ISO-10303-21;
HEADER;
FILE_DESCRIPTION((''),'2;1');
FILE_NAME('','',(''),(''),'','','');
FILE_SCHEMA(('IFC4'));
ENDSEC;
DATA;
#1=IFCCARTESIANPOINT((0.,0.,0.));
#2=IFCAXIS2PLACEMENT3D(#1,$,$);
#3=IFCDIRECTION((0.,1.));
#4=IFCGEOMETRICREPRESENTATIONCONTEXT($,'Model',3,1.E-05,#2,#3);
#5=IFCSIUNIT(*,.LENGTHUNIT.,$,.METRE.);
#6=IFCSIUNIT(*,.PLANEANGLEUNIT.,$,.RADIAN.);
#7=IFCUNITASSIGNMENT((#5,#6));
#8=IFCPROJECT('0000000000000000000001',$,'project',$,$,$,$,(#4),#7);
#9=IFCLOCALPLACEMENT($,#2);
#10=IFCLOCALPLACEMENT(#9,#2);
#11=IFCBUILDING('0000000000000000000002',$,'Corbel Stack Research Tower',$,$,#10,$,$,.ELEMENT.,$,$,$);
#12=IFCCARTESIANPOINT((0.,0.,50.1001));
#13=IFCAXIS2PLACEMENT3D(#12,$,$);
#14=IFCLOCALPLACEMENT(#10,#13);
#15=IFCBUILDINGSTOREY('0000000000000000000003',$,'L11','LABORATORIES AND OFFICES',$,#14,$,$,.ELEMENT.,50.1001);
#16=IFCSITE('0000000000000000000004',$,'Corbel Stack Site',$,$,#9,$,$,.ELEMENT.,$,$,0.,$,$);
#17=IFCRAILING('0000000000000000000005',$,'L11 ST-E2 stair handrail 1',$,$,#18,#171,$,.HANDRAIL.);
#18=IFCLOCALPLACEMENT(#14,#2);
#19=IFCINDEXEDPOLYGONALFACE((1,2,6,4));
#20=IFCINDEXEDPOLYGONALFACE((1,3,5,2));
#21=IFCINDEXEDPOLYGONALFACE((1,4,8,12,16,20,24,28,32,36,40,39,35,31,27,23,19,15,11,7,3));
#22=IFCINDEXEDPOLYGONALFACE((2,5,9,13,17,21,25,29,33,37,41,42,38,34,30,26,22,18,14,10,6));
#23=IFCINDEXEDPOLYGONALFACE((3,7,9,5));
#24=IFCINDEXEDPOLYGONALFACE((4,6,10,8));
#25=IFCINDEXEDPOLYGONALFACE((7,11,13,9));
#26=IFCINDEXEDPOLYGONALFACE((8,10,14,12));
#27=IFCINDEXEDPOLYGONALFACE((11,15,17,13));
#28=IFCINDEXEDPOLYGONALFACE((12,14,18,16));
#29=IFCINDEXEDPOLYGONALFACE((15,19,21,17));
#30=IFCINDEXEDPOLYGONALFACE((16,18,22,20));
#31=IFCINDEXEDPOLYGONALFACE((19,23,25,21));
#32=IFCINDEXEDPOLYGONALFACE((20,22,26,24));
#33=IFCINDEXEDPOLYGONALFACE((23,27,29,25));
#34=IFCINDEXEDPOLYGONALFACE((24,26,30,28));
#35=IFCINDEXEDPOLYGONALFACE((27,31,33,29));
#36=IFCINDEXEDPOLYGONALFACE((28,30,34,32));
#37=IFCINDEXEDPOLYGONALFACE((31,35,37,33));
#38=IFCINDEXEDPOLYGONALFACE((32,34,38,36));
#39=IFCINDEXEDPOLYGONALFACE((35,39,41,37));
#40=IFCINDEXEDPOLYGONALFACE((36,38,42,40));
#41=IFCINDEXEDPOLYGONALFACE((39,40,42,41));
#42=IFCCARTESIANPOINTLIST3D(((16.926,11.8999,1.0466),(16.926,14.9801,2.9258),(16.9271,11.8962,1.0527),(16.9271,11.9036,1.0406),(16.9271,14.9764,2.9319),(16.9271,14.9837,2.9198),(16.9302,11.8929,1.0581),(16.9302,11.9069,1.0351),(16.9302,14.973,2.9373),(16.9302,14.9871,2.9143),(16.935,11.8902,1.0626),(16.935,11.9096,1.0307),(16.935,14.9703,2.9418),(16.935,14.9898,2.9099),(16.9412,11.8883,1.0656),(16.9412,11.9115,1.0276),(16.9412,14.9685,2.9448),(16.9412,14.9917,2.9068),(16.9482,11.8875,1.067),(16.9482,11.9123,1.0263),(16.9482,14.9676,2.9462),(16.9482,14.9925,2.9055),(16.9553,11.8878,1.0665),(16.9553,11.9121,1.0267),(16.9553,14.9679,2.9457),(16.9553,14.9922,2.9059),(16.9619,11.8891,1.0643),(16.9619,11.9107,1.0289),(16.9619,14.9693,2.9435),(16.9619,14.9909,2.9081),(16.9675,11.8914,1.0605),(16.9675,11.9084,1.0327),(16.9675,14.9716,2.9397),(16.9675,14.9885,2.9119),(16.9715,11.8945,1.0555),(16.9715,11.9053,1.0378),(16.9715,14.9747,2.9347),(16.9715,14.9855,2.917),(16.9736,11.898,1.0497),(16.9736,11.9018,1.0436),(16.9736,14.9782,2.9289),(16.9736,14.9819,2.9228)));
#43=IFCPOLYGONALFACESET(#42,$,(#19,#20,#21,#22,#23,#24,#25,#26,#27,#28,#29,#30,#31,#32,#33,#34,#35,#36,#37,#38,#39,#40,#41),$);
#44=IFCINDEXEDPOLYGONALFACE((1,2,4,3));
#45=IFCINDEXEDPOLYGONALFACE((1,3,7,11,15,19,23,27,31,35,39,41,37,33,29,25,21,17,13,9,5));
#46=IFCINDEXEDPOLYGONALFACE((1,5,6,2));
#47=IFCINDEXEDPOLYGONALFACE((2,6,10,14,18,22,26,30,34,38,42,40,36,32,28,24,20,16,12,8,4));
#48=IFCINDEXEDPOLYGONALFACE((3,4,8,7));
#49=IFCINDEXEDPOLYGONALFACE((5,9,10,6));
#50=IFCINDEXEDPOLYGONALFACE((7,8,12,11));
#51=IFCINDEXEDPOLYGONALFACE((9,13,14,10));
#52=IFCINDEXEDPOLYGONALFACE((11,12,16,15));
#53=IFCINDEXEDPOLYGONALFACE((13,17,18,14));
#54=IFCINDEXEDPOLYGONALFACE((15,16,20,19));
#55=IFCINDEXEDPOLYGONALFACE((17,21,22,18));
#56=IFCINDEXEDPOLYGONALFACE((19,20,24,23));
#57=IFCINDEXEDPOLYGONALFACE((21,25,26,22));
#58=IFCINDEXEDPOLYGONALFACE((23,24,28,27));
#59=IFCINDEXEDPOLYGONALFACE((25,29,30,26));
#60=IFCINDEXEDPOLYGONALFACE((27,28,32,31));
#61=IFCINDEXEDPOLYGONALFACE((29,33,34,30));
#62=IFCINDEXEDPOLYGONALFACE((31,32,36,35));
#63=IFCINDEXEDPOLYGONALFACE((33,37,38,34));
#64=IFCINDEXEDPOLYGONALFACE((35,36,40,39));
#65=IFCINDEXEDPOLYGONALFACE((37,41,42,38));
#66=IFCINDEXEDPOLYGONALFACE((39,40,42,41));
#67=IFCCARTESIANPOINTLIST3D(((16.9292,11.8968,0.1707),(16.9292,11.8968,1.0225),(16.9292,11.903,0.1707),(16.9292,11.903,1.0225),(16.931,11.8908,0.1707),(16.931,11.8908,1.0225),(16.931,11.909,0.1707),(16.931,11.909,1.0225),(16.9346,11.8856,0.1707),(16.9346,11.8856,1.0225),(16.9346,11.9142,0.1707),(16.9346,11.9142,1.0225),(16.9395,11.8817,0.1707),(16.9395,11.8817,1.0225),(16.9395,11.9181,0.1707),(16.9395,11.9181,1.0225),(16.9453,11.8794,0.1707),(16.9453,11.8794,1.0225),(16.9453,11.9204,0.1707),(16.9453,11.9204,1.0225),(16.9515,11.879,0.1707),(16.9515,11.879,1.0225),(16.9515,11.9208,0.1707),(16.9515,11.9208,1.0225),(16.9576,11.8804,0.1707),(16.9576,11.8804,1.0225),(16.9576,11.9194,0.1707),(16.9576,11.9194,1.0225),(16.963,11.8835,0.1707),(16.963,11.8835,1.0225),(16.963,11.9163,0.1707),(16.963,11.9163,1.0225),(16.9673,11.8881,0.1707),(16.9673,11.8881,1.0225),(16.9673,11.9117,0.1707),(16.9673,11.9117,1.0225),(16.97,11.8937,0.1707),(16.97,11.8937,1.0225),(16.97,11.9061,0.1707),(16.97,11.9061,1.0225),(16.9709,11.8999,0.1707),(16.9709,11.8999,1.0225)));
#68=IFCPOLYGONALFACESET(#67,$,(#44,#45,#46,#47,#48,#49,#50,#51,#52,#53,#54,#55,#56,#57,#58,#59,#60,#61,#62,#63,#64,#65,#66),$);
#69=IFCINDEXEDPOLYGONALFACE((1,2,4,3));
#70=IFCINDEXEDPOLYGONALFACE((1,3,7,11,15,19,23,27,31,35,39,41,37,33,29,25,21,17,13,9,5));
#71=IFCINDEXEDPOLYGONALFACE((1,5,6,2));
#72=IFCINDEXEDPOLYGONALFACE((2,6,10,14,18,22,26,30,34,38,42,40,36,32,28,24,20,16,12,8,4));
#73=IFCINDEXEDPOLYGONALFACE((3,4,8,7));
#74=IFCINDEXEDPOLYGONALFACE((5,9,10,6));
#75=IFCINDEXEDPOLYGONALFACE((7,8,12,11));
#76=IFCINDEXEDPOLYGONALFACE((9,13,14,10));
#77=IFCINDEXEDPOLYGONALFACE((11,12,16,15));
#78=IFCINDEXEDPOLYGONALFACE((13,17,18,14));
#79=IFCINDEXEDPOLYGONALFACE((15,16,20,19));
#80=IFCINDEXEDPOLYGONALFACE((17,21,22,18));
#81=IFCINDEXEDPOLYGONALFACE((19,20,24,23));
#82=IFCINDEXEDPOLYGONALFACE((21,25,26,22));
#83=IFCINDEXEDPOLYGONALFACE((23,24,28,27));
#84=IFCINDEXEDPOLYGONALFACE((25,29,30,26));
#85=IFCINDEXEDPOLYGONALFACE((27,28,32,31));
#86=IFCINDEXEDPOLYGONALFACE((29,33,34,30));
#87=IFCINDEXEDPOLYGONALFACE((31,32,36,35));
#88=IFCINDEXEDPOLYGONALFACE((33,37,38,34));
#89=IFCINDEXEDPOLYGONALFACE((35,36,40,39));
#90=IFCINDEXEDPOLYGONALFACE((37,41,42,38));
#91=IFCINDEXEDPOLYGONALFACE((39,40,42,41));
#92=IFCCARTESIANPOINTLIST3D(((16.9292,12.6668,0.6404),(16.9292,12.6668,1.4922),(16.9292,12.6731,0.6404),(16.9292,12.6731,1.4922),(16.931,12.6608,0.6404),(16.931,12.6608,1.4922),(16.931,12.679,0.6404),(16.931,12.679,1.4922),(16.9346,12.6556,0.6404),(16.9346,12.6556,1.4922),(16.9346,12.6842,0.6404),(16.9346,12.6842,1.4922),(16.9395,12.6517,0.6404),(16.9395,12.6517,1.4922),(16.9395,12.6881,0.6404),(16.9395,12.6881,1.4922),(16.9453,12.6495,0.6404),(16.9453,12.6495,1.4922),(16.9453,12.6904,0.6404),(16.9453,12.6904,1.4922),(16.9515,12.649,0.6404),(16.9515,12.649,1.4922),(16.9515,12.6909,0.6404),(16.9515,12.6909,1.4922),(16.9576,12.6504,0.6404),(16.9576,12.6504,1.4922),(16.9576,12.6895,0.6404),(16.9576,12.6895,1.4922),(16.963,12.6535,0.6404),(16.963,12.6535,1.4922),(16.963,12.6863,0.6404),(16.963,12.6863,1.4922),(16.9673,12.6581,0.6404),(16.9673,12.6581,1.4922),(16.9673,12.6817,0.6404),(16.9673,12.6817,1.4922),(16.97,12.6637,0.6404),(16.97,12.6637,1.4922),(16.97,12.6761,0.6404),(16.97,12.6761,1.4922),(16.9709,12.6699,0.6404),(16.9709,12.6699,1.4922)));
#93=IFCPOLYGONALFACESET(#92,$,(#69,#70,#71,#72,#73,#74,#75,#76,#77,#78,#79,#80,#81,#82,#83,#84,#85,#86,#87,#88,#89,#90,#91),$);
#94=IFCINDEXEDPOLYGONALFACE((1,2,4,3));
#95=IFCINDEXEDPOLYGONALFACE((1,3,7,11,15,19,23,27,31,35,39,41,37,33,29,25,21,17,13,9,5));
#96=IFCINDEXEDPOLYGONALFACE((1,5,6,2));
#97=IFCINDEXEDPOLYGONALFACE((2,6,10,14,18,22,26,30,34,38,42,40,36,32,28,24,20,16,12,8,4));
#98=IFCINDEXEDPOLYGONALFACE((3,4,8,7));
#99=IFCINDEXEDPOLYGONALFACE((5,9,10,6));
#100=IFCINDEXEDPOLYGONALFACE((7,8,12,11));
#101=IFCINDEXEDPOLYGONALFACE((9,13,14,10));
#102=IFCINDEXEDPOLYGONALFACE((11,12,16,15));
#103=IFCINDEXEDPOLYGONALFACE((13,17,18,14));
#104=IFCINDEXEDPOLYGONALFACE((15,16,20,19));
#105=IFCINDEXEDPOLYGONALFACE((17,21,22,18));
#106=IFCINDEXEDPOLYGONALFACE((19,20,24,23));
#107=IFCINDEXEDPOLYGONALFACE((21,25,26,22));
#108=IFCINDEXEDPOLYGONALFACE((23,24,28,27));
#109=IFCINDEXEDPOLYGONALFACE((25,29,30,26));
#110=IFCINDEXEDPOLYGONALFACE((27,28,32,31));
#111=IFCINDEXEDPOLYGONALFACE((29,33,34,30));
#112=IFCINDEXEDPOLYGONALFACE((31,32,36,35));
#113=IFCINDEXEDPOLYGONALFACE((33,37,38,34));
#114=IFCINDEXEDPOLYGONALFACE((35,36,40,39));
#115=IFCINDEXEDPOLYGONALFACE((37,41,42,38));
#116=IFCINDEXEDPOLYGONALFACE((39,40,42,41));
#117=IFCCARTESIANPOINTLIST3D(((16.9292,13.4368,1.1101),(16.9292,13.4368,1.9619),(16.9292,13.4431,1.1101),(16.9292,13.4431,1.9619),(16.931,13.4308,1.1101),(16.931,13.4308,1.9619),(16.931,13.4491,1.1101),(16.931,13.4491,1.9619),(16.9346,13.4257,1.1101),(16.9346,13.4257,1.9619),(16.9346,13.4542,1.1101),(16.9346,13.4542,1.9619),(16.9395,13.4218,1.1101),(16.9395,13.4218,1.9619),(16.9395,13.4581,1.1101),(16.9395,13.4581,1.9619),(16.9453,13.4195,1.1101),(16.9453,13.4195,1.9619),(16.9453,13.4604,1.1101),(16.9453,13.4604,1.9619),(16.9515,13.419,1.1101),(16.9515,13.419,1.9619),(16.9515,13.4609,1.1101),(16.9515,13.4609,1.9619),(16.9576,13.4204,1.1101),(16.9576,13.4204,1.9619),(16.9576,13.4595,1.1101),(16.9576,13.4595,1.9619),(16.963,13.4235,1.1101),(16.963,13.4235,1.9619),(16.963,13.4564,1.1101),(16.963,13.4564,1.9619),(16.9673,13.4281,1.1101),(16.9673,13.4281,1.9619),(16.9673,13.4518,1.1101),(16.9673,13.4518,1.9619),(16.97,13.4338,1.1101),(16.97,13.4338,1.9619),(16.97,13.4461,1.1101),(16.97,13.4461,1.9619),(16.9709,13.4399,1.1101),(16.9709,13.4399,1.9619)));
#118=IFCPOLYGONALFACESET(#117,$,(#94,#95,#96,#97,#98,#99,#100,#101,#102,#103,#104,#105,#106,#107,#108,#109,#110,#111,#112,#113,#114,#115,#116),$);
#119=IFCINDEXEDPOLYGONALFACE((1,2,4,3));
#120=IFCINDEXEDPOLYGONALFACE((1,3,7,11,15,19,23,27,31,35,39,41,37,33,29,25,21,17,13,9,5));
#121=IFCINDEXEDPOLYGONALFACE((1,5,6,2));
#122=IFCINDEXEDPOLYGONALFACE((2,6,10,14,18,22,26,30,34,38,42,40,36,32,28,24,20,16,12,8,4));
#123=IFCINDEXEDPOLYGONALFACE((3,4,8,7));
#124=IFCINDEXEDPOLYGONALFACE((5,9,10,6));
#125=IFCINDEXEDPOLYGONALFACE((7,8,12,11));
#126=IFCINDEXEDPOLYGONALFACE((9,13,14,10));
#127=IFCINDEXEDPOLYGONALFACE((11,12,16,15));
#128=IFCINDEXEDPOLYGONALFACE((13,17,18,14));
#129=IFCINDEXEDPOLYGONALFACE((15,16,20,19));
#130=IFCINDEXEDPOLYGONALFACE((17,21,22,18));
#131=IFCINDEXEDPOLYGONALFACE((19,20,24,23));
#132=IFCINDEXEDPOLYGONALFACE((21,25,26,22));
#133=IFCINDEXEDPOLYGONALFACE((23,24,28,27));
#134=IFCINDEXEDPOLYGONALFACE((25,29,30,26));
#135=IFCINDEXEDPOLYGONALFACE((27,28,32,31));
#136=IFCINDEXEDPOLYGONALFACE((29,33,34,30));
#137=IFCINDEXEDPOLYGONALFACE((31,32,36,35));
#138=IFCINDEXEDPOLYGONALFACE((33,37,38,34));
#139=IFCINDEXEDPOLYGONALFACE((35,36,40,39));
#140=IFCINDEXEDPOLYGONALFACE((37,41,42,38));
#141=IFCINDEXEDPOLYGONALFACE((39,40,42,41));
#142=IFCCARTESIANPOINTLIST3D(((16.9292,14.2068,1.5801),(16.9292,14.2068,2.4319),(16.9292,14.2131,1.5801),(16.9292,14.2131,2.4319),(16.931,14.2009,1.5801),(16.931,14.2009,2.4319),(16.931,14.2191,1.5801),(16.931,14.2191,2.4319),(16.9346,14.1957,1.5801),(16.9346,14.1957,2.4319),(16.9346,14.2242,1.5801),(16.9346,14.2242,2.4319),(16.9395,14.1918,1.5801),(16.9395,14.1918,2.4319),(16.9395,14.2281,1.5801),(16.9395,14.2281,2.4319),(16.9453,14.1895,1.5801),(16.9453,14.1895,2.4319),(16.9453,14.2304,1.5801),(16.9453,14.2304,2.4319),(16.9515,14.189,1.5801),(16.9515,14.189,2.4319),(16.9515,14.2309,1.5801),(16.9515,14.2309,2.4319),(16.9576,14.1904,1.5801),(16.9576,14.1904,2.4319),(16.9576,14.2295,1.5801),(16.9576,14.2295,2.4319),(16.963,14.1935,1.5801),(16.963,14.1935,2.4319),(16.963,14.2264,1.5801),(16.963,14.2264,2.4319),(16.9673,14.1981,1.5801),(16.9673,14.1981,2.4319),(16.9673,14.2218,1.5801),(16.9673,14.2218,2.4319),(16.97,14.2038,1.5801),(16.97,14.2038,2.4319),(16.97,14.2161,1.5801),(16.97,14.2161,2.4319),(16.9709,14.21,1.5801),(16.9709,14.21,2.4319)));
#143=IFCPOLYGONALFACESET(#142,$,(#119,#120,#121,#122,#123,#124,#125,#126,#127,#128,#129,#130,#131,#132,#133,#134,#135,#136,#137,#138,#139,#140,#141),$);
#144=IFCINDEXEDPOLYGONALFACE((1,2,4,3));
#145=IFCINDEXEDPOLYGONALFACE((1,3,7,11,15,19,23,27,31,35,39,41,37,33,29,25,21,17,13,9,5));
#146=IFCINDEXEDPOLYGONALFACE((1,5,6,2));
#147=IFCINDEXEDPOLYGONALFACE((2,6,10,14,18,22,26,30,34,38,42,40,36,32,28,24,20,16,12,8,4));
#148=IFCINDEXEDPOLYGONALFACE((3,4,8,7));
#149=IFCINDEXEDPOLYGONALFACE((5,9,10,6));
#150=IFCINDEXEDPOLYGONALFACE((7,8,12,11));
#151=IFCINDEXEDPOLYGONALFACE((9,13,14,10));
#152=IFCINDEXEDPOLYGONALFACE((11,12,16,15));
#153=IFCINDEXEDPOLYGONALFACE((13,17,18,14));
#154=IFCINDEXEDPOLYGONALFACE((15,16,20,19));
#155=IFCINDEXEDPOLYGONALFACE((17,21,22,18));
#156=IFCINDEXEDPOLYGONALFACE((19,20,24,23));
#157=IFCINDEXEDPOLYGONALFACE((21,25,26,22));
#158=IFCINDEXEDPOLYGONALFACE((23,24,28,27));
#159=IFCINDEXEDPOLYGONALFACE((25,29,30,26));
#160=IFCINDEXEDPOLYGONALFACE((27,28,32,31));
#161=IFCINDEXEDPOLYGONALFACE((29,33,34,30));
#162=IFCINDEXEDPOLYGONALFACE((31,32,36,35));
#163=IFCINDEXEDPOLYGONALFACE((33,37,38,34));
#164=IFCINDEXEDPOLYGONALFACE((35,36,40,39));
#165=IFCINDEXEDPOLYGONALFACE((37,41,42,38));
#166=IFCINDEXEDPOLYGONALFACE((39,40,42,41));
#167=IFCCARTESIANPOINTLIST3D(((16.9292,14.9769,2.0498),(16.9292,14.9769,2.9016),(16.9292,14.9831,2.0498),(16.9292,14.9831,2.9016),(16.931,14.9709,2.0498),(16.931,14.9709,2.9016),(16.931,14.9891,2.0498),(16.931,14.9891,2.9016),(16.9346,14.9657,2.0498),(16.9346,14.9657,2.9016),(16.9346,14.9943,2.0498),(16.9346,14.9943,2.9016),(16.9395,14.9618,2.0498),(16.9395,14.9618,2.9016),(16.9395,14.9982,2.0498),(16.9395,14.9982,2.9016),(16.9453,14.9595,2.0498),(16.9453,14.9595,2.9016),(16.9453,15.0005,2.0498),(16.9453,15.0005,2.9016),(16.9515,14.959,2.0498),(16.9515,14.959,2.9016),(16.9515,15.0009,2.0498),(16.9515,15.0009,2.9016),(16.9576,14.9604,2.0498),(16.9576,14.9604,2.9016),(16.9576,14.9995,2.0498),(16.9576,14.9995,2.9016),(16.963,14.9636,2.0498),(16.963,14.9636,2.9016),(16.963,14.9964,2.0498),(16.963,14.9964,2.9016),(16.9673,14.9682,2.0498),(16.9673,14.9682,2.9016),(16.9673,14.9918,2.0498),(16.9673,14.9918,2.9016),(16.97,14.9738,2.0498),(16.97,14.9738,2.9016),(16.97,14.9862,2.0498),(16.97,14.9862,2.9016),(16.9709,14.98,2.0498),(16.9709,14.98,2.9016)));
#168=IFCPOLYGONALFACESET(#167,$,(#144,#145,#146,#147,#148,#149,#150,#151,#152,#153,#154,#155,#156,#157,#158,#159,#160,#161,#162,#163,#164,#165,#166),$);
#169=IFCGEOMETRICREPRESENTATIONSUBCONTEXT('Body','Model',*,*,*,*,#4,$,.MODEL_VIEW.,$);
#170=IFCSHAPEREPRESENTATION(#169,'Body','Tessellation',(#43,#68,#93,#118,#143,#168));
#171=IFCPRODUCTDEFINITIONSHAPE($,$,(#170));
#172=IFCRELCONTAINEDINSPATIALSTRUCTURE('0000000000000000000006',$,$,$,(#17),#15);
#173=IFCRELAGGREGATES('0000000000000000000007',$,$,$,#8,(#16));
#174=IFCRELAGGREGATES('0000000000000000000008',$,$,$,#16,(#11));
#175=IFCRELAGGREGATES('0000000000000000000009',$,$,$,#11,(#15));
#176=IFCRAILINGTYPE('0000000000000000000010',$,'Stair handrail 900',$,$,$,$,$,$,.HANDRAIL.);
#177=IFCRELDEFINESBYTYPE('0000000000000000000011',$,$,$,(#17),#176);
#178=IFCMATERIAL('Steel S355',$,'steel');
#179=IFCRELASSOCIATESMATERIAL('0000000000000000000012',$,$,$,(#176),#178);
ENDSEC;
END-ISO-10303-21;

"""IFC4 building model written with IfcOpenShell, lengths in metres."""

from ifc_helpers import new_model, si_unit, direction, frame, origin, origin_2d, place, context, subcontext, project, spatial, circle, extrude, material, type_object, element, save


model = new_model("IFC4")

# Units and contexts
model_context = context("Model", 3, precision=1e-05, world=origin(), true_north=direction((0.0, 1.0)))
body_context = subcontext(model_context, "Body", "Model", "MODEL_VIEW")
ifc_project = project(units=[si_unit("LENGTHUNIT", "METRE"), si_unit("PLANEANGLEUNIT", "RADIAN")], contexts=[model_context])

# Site, building, storey
site_placement = place(None, origin())
site = spatial("IfcSite", under=ifc_project, at=site_placement, Name="Corbel Stack Site", CompositionType="ELEMENT", RefElevation=0.0)
building_placement = place(site_placement, origin())
building = spatial("IfcBuilding", under=site, at=building_placement, Name="Corbel Stack Research Tower", CompositionType="ELEMENT")
storey_placement = place(building_placement, frame((0.0, 0.0, 50.1001)))
storey = spatial("IfcBuildingStorey", under=building, at=storey_placement, Name="L11", Description="LABORATORIES AND OFFICES", CompositionType="ELEMENT", Elevation=50.1001)

# Railing
ifc_material_1 = material(Name="Steel S355", Category="steel")
railing_type_1 = type_object("IfcRailingType", Name="Stair handrail 900", PredefinedType="HANDRAIL", material=ifc_material_1)
railing_1_placement = place(storey_placement, frame((16.95, 11.8999, 0.1707)))
element("IfcRailing", 1, at=railing_1_placement, inside=storey, type_object=railing_type_1, Name="L11 ST-E2 stair handrail 1", PredefinedType="HANDRAIL", context=body_context, shape_type="SweptSolid", body=[
    extrude(circle(Radius=0.0239, at=origin_2d()), frame((0.0, 0.0, 0.876), z_axis=(0.0, 0.853666, 0.52082), x_axis=(-1.0, 0.0, 0.0)), (0.0, 0.0, 1.0), 3.6082),
    extrude(circle(Radius=0.021, at=origin_2d()), origin(), (0.0, 0.0, 1.0), 0.8518),
    extrude(circle(Radius=0.021, at=origin_2d()), frame((0.0, 0.77, 0.4697)), (0.0, 0.0, 1.0), 0.8518),
    extrude(circle(Radius=0.021, at=origin_2d()), frame((0.0, 1.54, 0.9395)), (0.0, 0.0, 1.0), 0.8518),
    extrude(circle(Radius=0.021, at=origin_2d()), frame((0.0, 2.3101, 1.4094)), (0.0, 0.0, 1.0), 0.8518),
    extrude(circle(Radius=0.021, at=origin_2d()), frame((0.0, 3.0801, 1.8792)), (0.0, 0.0, 1.0), 0.8518),
])

save(model, "model.ifc")
